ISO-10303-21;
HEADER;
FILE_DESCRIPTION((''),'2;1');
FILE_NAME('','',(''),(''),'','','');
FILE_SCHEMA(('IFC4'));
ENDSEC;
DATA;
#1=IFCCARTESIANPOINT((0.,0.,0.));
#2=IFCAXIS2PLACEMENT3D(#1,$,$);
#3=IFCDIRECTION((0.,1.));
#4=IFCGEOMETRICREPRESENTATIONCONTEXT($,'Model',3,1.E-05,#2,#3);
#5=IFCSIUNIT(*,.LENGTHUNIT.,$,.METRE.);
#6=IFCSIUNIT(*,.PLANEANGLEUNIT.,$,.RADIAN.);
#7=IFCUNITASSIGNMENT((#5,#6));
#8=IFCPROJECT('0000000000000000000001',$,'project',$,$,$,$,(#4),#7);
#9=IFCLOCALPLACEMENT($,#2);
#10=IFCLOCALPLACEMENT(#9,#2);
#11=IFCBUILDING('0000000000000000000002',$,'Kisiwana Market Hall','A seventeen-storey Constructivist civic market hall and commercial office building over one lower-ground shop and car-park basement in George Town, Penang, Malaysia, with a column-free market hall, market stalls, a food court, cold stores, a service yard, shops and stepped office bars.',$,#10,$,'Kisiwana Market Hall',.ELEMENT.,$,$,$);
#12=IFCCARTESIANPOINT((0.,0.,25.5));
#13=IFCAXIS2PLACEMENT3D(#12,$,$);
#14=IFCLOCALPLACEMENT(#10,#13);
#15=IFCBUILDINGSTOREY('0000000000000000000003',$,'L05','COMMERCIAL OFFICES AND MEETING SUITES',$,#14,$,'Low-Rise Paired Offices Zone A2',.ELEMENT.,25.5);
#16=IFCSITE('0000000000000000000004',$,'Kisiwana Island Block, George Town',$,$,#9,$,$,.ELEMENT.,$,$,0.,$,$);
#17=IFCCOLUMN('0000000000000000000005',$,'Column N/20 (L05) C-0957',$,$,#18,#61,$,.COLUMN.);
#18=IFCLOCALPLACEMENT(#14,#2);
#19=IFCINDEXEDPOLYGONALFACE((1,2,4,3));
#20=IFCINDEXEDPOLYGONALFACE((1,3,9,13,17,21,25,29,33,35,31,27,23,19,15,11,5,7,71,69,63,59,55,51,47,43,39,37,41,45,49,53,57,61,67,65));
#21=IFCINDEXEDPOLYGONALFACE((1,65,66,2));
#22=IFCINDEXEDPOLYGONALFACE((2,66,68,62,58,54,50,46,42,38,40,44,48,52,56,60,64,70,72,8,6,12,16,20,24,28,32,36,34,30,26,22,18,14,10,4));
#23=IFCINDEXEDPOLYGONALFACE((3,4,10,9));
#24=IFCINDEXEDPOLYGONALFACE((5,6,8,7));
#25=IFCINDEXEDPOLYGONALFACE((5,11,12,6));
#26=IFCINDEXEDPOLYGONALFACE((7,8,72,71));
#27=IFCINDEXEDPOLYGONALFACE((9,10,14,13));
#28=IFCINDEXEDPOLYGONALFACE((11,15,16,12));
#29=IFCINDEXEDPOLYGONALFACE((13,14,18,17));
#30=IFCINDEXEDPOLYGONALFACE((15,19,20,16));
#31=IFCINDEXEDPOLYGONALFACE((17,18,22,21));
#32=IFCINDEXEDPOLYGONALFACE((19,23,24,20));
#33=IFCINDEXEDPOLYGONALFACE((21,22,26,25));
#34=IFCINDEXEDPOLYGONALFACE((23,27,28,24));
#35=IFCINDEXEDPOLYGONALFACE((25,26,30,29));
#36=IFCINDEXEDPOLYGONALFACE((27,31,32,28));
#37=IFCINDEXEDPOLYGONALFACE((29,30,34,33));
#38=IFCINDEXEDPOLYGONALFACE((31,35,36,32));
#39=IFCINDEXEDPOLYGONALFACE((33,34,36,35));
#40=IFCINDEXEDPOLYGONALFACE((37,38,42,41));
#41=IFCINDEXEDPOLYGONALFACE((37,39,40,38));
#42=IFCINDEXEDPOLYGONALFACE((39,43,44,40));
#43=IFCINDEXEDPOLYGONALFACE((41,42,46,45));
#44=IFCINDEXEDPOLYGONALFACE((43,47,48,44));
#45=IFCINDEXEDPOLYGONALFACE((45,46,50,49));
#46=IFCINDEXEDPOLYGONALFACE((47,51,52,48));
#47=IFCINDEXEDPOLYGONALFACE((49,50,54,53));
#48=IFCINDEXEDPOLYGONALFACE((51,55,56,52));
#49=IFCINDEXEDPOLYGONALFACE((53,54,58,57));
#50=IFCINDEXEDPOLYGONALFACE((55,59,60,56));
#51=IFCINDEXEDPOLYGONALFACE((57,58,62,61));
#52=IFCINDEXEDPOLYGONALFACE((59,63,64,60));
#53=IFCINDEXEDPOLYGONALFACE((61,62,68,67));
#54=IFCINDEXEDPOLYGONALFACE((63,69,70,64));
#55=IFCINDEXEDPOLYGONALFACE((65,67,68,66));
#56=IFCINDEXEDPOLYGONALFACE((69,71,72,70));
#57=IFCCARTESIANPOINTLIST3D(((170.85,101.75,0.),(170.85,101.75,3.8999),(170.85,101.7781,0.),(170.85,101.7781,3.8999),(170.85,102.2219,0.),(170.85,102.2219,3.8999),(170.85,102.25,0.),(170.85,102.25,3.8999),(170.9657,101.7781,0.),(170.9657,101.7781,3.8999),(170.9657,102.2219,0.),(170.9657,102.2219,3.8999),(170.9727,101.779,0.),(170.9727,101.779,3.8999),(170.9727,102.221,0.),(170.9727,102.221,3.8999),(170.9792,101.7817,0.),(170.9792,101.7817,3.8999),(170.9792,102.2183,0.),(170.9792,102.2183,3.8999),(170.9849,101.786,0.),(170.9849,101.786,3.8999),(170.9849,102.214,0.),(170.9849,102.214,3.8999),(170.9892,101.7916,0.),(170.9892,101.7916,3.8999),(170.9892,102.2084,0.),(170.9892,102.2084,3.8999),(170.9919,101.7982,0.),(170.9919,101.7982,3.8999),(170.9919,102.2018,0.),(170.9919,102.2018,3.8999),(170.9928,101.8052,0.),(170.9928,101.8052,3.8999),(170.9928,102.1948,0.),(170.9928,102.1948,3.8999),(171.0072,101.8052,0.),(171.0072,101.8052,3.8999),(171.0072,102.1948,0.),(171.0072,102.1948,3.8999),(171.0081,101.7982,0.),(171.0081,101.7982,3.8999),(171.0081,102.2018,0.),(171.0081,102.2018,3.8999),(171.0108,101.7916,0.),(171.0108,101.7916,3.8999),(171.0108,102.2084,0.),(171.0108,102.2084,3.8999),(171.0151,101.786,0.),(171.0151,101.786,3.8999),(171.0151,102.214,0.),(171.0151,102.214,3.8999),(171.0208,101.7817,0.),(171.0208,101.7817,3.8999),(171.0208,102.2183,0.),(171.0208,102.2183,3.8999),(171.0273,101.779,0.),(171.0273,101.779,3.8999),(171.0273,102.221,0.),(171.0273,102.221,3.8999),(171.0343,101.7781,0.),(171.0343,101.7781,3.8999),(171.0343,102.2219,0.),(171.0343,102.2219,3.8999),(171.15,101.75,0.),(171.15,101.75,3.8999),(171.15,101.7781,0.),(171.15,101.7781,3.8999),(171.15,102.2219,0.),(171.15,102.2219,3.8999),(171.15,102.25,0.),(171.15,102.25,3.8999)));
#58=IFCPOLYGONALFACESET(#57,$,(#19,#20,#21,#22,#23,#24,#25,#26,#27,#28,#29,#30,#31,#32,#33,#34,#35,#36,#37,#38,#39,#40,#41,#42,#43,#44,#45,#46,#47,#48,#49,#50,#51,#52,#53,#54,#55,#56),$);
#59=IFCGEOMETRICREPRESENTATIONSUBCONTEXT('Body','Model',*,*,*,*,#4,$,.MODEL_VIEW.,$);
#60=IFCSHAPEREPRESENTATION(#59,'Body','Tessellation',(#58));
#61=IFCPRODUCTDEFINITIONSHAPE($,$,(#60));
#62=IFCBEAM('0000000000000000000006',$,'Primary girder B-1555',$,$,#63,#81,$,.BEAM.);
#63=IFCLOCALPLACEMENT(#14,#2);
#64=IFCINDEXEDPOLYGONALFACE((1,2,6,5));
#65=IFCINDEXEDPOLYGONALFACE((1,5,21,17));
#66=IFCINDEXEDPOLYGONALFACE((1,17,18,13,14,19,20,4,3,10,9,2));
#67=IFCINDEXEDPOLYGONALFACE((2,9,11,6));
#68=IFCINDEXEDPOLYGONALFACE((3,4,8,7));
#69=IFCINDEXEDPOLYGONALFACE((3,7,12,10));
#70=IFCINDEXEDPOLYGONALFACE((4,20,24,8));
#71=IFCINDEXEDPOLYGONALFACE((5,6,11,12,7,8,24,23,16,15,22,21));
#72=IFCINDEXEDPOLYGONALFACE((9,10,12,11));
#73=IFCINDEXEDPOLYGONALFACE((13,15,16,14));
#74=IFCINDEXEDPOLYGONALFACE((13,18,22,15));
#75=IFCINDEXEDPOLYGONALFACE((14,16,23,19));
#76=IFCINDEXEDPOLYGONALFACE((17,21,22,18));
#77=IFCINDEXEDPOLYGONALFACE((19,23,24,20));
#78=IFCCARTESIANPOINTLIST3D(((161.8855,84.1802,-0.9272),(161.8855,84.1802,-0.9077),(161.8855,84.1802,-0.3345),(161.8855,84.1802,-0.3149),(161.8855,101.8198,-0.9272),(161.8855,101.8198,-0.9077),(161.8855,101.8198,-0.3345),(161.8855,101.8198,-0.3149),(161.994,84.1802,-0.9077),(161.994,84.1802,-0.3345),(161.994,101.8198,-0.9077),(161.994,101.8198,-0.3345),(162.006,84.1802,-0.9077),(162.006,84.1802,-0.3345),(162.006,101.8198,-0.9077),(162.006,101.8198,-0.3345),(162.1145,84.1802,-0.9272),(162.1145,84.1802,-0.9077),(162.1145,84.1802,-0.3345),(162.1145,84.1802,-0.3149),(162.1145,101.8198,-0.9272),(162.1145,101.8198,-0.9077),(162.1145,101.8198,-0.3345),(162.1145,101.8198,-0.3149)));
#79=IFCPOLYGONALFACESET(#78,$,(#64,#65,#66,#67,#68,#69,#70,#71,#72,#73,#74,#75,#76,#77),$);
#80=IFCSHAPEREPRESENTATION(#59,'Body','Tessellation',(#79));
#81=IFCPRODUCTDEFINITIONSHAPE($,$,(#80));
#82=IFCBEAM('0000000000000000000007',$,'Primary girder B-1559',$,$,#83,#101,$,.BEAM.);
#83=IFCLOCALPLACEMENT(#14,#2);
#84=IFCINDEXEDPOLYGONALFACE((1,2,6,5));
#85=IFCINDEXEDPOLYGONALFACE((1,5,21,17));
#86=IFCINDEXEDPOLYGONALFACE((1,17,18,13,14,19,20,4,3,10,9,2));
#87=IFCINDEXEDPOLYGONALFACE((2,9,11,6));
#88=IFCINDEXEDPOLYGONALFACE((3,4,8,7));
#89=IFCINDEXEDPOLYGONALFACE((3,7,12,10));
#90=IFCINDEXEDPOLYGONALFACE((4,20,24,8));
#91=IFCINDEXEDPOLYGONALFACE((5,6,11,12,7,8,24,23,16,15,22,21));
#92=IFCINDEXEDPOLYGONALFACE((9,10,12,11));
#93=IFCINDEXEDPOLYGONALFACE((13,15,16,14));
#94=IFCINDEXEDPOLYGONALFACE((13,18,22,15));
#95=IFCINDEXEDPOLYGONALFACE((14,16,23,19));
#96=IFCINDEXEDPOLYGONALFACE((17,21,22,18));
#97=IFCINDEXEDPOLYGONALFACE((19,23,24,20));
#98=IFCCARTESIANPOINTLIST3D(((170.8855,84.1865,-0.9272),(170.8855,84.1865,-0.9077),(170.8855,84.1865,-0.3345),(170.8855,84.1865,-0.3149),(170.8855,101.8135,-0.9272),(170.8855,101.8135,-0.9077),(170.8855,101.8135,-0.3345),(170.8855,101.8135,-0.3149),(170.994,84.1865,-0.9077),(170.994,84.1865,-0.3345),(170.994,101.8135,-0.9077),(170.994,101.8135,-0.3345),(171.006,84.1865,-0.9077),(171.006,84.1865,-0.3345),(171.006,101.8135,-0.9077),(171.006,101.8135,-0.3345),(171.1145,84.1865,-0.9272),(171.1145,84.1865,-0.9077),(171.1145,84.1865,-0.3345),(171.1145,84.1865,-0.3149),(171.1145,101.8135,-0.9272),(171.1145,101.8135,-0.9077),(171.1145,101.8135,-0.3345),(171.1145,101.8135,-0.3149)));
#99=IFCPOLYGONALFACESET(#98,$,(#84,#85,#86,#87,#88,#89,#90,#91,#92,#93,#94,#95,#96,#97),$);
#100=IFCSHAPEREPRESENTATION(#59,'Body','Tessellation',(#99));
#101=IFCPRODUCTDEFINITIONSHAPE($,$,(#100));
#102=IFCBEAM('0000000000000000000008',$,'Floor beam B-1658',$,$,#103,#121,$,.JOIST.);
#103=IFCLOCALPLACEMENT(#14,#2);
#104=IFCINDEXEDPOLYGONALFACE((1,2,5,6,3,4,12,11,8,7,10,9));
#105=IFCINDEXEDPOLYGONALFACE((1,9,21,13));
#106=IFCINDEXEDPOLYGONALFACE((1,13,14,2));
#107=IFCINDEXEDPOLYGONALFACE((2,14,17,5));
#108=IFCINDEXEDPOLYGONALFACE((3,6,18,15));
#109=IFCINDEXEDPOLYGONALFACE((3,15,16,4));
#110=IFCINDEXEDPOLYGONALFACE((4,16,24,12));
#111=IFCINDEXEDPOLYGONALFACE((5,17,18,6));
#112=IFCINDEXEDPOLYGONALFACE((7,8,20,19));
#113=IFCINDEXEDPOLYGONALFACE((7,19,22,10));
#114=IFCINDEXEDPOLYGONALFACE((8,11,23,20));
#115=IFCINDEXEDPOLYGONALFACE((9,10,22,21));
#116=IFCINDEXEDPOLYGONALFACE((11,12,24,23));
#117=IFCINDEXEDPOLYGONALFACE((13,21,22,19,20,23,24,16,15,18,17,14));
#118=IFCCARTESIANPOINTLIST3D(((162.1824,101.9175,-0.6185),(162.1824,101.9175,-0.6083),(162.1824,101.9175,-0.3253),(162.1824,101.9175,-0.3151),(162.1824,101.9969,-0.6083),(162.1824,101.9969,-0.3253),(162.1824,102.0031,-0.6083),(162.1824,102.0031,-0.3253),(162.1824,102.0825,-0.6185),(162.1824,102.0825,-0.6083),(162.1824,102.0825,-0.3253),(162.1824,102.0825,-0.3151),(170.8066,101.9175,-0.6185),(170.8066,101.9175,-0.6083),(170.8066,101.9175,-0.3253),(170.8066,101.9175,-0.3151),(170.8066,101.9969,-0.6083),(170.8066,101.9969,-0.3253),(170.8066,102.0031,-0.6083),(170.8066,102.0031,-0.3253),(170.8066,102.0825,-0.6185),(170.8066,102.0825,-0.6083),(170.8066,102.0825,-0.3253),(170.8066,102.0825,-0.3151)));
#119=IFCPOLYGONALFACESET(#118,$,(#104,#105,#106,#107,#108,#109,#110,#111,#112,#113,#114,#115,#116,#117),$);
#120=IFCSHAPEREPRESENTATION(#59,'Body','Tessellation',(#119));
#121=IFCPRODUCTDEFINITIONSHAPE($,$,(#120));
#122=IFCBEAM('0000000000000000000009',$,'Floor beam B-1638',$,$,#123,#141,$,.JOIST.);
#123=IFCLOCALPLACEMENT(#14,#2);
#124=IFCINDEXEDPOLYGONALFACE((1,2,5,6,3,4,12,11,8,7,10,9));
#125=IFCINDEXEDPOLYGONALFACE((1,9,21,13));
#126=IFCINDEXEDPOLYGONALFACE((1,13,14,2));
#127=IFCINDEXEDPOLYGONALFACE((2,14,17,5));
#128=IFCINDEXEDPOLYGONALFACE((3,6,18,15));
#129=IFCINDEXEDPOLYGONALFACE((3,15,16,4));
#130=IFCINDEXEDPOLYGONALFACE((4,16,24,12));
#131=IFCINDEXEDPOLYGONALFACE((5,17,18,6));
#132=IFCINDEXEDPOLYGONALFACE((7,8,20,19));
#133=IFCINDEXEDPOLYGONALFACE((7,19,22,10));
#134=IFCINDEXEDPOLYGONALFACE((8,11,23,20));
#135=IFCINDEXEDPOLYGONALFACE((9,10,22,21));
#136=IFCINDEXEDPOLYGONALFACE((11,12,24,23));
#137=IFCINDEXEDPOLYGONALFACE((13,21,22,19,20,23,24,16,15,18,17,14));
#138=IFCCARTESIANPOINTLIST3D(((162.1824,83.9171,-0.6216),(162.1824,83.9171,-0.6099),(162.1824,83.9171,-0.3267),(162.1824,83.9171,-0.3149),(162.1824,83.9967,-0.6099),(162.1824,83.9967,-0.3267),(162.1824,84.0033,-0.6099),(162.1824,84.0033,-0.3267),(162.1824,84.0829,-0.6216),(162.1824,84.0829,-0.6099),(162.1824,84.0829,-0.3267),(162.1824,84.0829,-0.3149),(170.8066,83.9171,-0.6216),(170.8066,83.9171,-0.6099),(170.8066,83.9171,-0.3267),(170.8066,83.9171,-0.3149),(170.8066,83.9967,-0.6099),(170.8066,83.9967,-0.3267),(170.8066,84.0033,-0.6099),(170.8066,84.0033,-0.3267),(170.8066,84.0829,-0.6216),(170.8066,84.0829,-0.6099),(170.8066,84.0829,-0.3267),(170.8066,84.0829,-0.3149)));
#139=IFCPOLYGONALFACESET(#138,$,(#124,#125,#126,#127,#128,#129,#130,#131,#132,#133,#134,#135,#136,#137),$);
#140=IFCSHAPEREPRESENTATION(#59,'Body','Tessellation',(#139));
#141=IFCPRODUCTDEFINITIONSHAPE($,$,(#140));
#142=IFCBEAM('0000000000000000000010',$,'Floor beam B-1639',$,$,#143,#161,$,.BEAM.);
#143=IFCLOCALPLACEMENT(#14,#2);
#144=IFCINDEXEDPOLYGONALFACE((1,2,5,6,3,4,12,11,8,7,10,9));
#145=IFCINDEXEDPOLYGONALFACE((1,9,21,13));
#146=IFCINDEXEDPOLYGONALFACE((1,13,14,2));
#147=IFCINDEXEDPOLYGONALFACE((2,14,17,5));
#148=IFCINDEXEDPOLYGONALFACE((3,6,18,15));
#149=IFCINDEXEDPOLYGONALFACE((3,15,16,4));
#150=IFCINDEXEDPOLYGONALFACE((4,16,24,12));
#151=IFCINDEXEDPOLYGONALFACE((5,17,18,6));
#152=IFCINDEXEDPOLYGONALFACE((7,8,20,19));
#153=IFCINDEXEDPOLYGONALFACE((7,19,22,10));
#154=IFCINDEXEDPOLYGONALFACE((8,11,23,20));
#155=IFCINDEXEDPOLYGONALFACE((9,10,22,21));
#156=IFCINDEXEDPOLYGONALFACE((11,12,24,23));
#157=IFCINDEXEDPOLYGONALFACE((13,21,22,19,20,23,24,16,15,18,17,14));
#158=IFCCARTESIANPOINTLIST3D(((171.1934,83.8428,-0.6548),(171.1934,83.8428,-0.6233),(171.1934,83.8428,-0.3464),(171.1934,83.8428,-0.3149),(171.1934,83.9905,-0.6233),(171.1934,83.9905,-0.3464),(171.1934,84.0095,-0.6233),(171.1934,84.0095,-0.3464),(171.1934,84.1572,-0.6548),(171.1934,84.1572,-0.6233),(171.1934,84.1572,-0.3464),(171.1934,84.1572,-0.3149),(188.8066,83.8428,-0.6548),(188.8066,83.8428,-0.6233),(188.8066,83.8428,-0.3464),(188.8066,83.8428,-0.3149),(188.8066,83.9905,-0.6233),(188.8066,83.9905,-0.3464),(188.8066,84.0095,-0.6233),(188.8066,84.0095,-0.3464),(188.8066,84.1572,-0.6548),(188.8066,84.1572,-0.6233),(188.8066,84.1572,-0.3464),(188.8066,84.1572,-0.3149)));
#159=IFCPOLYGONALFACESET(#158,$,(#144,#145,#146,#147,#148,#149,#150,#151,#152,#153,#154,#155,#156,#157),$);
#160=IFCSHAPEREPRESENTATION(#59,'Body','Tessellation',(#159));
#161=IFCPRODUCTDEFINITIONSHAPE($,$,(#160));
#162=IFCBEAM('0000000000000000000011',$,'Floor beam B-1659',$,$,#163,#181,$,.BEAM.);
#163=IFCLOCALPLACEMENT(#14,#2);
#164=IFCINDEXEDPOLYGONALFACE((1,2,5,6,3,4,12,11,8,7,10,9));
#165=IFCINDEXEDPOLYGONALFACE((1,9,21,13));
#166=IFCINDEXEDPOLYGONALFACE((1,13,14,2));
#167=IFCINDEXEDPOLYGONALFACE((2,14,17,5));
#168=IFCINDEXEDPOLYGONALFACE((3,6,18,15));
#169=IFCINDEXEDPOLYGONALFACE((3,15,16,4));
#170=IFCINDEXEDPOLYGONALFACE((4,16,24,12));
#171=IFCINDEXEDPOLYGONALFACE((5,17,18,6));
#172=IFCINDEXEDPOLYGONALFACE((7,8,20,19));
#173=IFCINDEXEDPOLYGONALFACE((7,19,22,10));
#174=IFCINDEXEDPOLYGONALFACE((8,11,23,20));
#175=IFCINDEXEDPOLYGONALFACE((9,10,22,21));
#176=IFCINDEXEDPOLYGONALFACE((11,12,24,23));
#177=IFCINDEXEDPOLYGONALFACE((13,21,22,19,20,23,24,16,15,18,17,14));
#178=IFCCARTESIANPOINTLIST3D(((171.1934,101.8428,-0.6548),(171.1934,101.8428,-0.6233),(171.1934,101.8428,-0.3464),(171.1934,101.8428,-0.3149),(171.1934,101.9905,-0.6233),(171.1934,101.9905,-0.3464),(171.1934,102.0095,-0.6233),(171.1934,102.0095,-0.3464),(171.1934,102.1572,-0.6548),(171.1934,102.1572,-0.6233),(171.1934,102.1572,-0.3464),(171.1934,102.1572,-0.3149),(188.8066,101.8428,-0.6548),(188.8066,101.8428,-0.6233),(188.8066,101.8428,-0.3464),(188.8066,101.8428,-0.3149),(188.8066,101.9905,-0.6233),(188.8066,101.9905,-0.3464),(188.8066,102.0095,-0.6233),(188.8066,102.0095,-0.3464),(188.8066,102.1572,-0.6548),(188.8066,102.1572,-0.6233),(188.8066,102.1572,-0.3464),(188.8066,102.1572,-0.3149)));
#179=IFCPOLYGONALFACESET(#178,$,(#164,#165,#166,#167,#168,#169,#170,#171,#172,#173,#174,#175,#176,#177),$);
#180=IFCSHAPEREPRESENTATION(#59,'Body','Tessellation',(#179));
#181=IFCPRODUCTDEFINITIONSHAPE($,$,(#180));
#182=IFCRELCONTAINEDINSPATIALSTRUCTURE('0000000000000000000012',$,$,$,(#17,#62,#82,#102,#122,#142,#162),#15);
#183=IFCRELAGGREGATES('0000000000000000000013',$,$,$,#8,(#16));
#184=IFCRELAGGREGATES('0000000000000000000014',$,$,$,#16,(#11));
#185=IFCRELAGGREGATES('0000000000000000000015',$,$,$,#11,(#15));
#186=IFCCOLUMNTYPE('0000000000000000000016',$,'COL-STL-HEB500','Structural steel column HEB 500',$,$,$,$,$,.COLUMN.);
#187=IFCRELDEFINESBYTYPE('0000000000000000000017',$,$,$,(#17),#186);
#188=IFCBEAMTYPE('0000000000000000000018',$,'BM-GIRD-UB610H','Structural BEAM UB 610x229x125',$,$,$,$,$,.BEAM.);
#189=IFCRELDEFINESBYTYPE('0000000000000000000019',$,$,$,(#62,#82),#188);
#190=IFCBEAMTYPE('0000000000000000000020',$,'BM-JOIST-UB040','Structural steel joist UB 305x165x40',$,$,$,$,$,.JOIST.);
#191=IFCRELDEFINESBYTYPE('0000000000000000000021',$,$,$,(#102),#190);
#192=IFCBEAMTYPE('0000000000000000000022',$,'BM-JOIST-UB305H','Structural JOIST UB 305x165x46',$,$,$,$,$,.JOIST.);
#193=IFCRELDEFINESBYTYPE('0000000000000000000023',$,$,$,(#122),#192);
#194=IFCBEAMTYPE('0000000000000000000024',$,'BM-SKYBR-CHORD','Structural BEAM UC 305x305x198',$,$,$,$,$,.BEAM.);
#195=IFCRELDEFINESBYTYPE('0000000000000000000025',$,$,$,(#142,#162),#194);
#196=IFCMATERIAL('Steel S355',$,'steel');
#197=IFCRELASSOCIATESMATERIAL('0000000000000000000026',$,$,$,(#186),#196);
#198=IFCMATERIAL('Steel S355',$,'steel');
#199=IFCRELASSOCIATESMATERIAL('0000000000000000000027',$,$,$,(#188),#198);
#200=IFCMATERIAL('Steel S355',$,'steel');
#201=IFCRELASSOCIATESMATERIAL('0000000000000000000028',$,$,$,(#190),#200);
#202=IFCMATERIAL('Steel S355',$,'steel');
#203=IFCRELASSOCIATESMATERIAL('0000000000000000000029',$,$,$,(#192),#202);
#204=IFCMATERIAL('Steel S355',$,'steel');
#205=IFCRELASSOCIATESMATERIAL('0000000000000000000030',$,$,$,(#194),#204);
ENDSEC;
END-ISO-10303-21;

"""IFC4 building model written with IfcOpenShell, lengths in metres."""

from ifc_helpers import new_model, si_unit, direction, frame, origin, origin_2d, place, context, subcontext, project, spatial, i_section, extrude, material, material_profile, profile_set, type_object, element, save


model = new_model("IFC4")

# Units and contexts
model_context = context("Model", 3, precision=1e-05, world=origin(), true_north=direction((0.0, 1.0)))
body_context = subcontext(model_context, "Body", "Model", "MODEL_VIEW")
ifc_project = project(units=[si_unit("LENGTHUNIT", "METRE"), si_unit("PLANEANGLEUNIT", "RADIAN")], contexts=[model_context])

# Site, building, storey
site_placement = place(None, origin())
site = spatial("IfcSite", under=ifc_project, at=site_placement, Name="Kisiwana Island Block, George Town", CompositionType="ELEMENT", RefElevation=0.0)
building_placement = place(site_placement, origin())
building = spatial("IfcBuilding", under=site, at=building_placement, Name="Kisiwana Market Hall", Description="A seventeen-storey Constructivist civic market hall and commercial office building over one lower-ground shop and car-park basement in George Town, Penang, Malaysia, with a column-free market hall, market stalls, a food court, cold stores, a service yard, shops and stepped office bars.", LongName="Kisiwana Market Hall", CompositionType="ELEMENT")
storey_placement = place(building_placement, frame((0.0, 0.0, 25.5)))
storey = spatial("IfcBuildingStorey", under=building, at=storey_placement, Name="L05", Description="COMMERCIAL OFFICES AND MEETING SUITES", LongName="Low-Rise Paired Offices Zone A2", CompositionType="ELEMENT", Elevation=25.5)

# Column
ifc_material_1 = material(Name="Steel S355", Category="steel")
ifc_material_profile_1 = material_profile(ifc_material_1, i_section(OverallWidth=0.3, OverallDepth=0.5, WebThickness=0.0144, FlangeThickness=0.0281, FilletRadius=0.0271, at=origin_2d()), Name="HEB 500")
ifc_profile_set_1 = profile_set([ifc_material_profile_1], Name="Steel S355")
column_type_1 = type_object("IfcColumnType", Name="COL-STL-HEB500", Description="Structural steel column HEB 500", PredefinedType="COLUMN", material=ifc_profile_set_1)
for number, where, z_axis, x_axis, name in (
    (1, (171.0, 102.0, 0.0), (0.0, 0.0, 1.0), (1.0, 0.0, 0.0), "Column N/20 (L05) C-0957"),
):
    element("IfcColumn", number, at=place(storey_placement, frame(where, z_axis=z_axis, x_axis=x_axis)), inside=storey, type_object=column_type_1, Name=name, PredefinedType="COLUMN", context=body_context, shape_type="SweptSolid", body=[
        extrude(i_section(OverallWidth=0.3, OverallDepth=0.5, WebThickness=0.0144, FlangeThickness=0.0281, FilletRadius=0.0271, at=origin_2d()), origin(), (0.0, 0.0, 1.0), 3.8999),
    ])

# Beams
ifc_material_2 = material(Name="Steel S355", Category="steel")
ifc_material_profile_2 = material_profile(ifc_material_2, i_section(OverallWidth=0.229, OverallDepth=0.6123, WebThickness=0.012, FlangeThickness=0.0195, at=origin_2d()), Name="UB 610x229x125")
ifc_profile_set_2 = profile_set([ifc_material_profile_2], Name="Steel S355")
beam_type_1 = type_object("IfcBeamType", Name="BM-GIRD-UB610H", Description="Structural BEAM UB 610x229x125", PredefinedType="BEAM", material=ifc_profile_set_2)
beam_1_placement = place(storey_placement, frame((162.0, 84.1802, -0.6211), z_axis=(0.0, 1.0, 0.0), x_axis=(-1.0, 0.0, 0.0)))
element("IfcBeam", 2, at=beam_1_placement, inside=storey, type_object=beam_type_1, Name="Primary girder B-1555", PredefinedType="BEAM", context=body_context, shape_type="SweptSolid", body=[
    extrude(i_section(OverallWidth=0.229, OverallDepth=0.6123, WebThickness=0.012, FlangeThickness=0.0195, at=origin_2d()), origin(), (0.0, 0.0, 1.0), 17.6396),
])
beam_2_placement = place(storey_placement, frame((171.0, 84.1865, -0.6211), z_axis=(0.0, 1.0, 0.0), x_axis=(-1.0, 0.0, 0.0)))
element("IfcBeam", 3, at=beam_2_placement, inside=storey, type_object=beam_type_1, Name="Primary girder B-1559", PredefinedType="BEAM", context=body_context, shape_type="SweptSolid", body=[
    extrude(i_section(OverallWidth=0.229, OverallDepth=0.6123, WebThickness=0.012, FlangeThickness=0.0195, at=origin_2d()), origin(), (0.0, 0.0, 1.0), 17.627),
])
ifc_material_3 = material(Name="Steel S355", Category="steel")
ifc_material_profile_3 = material_profile(ifc_material_3, i_section(OverallWidth=0.165, OverallDepth=0.3035, WebThickness=0.0061, FlangeThickness=0.0103, at=origin_2d()), Name="UB 305x165x40")
ifc_profile_set_3 = profile_set([ifc_material_profile_3], Name="Steel S355")
beam_type_2 = type_object("IfcBeamType", Name="BM-JOIST-UB040", Description="Structural steel joist UB 305x165x40", PredefinedType="JOIST", material=ifc_profile_set_3)
beam_3_placement = place(storey_placement, frame((162.1824, 102.0, -0.4668), z_axis=(1.0, 0.0, 0.0), x_axis=(0.0, 1.0, 0.0)))
element("IfcBeam", 4, at=beam_3_placement, inside=storey, type_object=beam_type_2, Name="Floor beam B-1658", PredefinedType="JOIST", context=body_context, shape_type="SweptSolid", body=[
    extrude(i_section(OverallWidth=0.165, OverallDepth=0.3035, WebThickness=0.0061, FlangeThickness=0.0103, at=origin_2d()), origin(), (0.0, 0.0, 1.0), 8.6243),
])
ifc_material_4 = material(Name="Steel S355", Category="steel")
ifc_material_profile_4 = material_profile(ifc_material_4, i_section(OverallWidth=0.1658, OverallDepth=0.3066, WebThickness=0.0066, FlangeThickness=0.0117, at=origin_2d()), Name="UB 305x165x46")
ifc_profile_set_4 = profile_set([ifc_material_profile_4], Name="Steel S355")
beam_type_3 = type_object("IfcBeamType", Name="BM-JOIST-UB305H", Description="Structural JOIST UB 305x165x46", PredefinedType="JOIST", material=ifc_profile_set_4)
beam_4_placement = place(storey_placement, frame((162.1824, 84.0, -0.4683), z_axis=(1.0, 0.0, 0.0), x_axis=(0.0, 1.0, 0.0)))
element("IfcBeam", 5, at=beam_4_placement, inside=storey, type_object=beam_type_3, Name="Floor beam B-1638", PredefinedType="JOIST", context=body_context, shape_type="SweptSolid", body=[
    extrude(i_section(OverallWidth=0.1658, OverallDepth=0.3066, WebThickness=0.0066, FlangeThickness=0.0117, at=origin_2d()), origin(), (0.0, 0.0, 1.0), 8.6243),
])
ifc_material_5 = material(Name="Steel S355", Category="steel")
ifc_material_profile_5 = material_profile(ifc_material_5, i_section(OverallWidth=0.3145, OverallDepth=0.3398, WebThickness=0.019, FlangeThickness=0.0315, at=origin_2d()), Name="UC 305x305x198")
ifc_profile_set_5 = profile_set([ifc_material_profile_5], Name="Steel S355")
beam_type_4 = type_object("IfcBeamType", Name="BM-SKYBR-CHORD", Description="Structural BEAM UC 305x305x198", PredefinedType="BEAM", material=ifc_profile_set_5)
for number, where, z_axis, x_axis, name in (
    (6, (171.1934, 84.0, -0.4849), (1.0, 0.0, 0.0), (0.0, 1.0, 0.0), "Floor beam B-1639"),
    (7, (171.1934, 102.0, -0.4849), (1.0, 0.0, 0.0), (0.0, 1.0, 0.0), "Floor beam B-1659"),
):
    element("IfcBeam", number, at=place(storey_placement, frame(where, z_axis=z_axis, x_axis=x_axis)), inside=storey, type_object=beam_type_4, Name=name, PredefinedType="BEAM", context=body_context, shape_type="SweptSolid", body=[
        extrude(i_section(OverallWidth=0.3145, OverallDepth=0.3398, WebThickness=0.019, FlangeThickness=0.0315, at=origin_2d()), origin(), (0.0, 0.0, 1.0), 17.6133),
    ])

save(model, "model.ifc")
